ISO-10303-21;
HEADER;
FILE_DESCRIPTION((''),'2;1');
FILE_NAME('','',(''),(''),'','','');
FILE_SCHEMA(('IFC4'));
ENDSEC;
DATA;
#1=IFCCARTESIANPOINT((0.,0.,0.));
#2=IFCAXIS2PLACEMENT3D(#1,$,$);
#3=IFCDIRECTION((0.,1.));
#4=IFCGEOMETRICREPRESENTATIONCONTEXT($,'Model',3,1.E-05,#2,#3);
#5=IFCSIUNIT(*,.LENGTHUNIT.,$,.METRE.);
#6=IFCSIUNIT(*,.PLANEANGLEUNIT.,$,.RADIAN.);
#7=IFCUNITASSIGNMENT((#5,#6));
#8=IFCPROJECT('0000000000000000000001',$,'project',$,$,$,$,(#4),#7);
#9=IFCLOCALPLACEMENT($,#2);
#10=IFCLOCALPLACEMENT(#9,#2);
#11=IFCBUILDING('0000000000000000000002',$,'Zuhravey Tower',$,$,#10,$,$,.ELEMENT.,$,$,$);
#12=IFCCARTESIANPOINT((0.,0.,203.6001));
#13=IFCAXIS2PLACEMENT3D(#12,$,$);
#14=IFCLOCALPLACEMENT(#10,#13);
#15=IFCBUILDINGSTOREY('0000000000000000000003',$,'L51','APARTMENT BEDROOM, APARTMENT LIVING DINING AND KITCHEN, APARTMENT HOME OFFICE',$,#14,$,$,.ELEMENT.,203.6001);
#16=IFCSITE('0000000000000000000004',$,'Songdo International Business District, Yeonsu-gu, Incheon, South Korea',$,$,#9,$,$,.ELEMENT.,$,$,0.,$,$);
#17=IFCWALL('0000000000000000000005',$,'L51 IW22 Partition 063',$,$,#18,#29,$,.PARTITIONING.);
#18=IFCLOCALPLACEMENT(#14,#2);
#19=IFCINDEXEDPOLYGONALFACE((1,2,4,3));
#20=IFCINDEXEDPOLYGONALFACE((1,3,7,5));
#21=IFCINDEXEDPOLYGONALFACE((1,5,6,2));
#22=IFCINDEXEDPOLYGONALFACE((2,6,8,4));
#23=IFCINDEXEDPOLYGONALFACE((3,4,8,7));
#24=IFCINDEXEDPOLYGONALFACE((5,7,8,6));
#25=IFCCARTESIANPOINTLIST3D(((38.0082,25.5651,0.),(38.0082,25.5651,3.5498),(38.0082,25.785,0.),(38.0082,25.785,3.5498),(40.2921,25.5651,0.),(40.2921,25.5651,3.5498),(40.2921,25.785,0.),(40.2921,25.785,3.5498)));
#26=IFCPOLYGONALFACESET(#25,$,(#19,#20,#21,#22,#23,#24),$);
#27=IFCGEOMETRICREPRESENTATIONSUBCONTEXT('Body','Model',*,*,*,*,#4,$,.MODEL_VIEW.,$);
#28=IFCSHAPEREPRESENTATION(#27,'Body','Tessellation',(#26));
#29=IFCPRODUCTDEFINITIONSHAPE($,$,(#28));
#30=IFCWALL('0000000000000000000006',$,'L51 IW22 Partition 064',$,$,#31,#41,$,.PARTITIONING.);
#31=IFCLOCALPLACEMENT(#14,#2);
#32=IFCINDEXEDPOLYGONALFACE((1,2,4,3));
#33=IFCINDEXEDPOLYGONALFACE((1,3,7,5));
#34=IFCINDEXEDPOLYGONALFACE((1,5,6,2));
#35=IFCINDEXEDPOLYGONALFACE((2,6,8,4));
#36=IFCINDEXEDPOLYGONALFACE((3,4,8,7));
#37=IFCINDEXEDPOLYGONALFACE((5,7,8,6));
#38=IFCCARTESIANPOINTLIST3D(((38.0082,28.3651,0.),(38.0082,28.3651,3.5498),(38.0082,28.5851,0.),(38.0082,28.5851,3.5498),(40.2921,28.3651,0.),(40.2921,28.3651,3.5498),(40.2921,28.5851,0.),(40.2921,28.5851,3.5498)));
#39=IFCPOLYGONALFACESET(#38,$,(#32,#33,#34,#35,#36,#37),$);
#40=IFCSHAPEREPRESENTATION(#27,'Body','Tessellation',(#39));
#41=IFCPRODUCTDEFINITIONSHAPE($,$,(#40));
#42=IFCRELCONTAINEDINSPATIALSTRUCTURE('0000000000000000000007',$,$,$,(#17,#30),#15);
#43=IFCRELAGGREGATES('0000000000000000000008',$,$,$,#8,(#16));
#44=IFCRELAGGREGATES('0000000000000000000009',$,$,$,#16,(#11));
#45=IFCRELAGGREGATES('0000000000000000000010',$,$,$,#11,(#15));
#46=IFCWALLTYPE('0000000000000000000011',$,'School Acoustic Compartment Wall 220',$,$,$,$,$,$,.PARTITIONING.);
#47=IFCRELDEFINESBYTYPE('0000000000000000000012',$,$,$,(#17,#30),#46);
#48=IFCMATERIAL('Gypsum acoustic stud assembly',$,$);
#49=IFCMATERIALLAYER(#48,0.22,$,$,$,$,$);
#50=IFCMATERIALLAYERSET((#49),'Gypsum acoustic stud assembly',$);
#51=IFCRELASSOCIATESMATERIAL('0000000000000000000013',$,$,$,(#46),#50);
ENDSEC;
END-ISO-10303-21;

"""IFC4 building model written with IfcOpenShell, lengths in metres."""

from ifc_helpers import new_model, si_unit, direction, frame, frame_2d, origin, place, context, subcontext, project, spatial, rectangle, extrude, material, layer, layer_set, type_object, element, save


model = new_model("IFC4")

# Units and contexts
model_context = context("Model", 3, precision=1e-05, world=origin(), true_north=direction((0.0, 1.0)))
body_context = subcontext(model_context, "Body", "Model", "MODEL_VIEW")
ifc_project = project(units=[si_unit("LENGTHUNIT", "METRE"), si_unit("PLANEANGLEUNIT", "RADIAN")], contexts=[model_context])

# Site, building, storey
site_placement = place(None, origin())
site = spatial("IfcSite", under=ifc_project, at=site_placement, Name="Songdo International Business District, Yeonsu-gu, Incheon, South Korea", CompositionType="ELEMENT", RefElevation=0.0)
building_placement = place(site_placement, origin())
building = spatial("IfcBuilding", under=site, at=building_placement, Name="Zuhravey Tower", CompositionType="ELEMENT")
storey_placement = place(building_placement, frame((0.0, 0.0, 203.6001)))
storey = spatial("IfcBuildingStorey", under=building, at=storey_placement, Name="L51", Description="APARTMENT BEDROOM, APARTMENT LIVING DINING AND KITCHEN, APARTMENT HOME OFFICE", CompositionType="ELEMENT", Elevation=203.6001)

# Walls
ifc_material_1 = material(Name="Gypsum acoustic stud assembly")
ifc_layer_1 = layer(ifc_material_1, 0.22)
ifc_layer_set_1 = layer_set([ifc_layer_1], Name="Gypsum acoustic stud assembly")
wall_type_1 = type_object("IfcWallType", Name="School Acoustic Compartment Wall 220", PredefinedType="PARTITIONING", material=ifc_layer_set_1)
for number, where, z_axis, x_axis, name in (
    (1, (38.0081, 25.675, 0.0), (0.0, 0.0, 1.0), (1.0, 0.0, 0.0), "L51 IW22 Partition 063"),
    (2, (38.0081, 28.4751, 0.0), (0.0, 0.0, 1.0), (1.0, 0.0, 0.0), "L51 IW22 Partition 064"),
):
    element("IfcWall", number, at=place(storey_placement, frame(where, z_axis=z_axis, x_axis=x_axis)), inside=storey, type_object=wall_type_1, Name=name, PredefinedType="PARTITIONING", context=body_context, shape_type="SweptSolid", body=[
        extrude(rectangle(XDim=2.2839, YDim=0.22, at=frame_2d((1.1421, 0.0))), origin(), (0.0, 0.0, 1.0), 3.5498),
    ])

save(model, "model.ifc")
